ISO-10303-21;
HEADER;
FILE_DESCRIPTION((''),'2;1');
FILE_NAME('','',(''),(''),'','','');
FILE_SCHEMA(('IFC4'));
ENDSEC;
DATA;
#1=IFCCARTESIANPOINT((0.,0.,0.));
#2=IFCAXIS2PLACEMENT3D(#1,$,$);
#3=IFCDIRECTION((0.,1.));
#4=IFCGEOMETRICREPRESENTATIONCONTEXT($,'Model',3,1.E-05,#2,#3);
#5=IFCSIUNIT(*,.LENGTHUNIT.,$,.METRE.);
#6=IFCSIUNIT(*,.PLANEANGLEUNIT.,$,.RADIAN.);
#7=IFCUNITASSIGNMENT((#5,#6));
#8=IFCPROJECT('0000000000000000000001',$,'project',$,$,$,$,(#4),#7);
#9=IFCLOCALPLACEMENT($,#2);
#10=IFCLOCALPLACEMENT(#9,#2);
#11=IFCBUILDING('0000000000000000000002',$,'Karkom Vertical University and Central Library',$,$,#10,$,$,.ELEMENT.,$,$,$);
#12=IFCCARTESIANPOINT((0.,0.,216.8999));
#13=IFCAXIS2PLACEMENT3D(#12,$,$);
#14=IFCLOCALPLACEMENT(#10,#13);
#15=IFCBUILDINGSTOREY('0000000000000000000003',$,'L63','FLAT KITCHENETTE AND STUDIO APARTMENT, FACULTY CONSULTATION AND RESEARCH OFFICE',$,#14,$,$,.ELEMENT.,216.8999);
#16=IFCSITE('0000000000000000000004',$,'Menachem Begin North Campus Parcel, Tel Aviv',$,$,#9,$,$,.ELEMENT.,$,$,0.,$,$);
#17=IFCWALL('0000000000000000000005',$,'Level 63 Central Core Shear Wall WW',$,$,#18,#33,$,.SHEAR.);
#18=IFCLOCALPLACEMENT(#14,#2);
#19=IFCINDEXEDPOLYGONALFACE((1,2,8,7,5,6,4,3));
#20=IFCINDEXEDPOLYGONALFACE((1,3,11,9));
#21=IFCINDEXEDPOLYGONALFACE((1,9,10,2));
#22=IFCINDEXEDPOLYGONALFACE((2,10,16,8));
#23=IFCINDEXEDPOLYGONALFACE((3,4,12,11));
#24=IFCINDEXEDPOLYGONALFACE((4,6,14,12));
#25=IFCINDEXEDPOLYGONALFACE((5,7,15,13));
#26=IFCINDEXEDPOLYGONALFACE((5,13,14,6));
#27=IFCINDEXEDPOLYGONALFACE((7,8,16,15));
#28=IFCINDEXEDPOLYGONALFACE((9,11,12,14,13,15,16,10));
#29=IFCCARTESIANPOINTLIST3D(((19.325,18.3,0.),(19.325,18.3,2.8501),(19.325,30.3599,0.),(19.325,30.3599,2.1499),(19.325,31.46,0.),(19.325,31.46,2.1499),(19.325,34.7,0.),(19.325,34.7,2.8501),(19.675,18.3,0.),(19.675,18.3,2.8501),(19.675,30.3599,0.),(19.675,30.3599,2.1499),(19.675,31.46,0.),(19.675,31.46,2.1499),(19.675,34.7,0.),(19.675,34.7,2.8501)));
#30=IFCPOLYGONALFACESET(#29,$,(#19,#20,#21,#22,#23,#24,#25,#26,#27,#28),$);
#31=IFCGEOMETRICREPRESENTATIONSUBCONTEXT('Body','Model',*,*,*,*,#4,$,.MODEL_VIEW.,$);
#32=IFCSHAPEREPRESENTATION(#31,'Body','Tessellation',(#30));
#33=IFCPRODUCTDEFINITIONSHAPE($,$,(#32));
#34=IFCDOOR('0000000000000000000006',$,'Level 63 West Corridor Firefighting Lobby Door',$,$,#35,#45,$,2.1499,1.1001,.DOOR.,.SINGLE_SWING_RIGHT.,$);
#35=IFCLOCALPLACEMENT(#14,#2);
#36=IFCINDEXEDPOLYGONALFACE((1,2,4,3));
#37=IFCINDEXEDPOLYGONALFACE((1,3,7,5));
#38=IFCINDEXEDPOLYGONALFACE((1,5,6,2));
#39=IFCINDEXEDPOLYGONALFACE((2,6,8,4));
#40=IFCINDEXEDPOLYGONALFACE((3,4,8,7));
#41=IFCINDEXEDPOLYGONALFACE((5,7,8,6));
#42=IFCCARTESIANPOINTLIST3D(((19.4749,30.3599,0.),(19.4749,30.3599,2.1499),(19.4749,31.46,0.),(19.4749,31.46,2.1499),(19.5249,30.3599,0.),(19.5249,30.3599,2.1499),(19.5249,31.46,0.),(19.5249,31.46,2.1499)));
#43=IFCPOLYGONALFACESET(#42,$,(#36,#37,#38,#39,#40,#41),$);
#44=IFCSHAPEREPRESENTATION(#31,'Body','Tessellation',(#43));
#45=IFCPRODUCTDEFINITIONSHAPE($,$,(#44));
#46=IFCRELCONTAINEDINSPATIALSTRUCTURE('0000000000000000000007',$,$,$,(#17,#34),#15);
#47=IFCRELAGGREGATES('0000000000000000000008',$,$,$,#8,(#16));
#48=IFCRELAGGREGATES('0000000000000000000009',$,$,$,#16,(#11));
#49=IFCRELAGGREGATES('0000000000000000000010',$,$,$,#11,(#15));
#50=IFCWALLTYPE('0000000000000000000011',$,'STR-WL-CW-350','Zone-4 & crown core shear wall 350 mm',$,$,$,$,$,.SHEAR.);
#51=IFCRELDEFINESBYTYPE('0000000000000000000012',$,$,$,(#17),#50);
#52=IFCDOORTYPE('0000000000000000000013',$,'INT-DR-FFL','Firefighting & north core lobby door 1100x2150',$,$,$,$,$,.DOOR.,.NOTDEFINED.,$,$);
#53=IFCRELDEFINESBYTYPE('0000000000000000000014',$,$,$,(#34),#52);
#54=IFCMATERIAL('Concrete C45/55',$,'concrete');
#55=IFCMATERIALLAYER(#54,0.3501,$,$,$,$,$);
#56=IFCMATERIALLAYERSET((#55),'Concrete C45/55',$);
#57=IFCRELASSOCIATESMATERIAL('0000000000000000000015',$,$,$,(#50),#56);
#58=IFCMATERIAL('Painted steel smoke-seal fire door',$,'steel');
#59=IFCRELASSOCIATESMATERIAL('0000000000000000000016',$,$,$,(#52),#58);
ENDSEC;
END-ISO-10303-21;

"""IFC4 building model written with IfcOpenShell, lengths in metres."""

from ifc_helpers import new_model, si_unit, direction, frame, frame_2d, origin, origin_with_axes, place, context, subcontext, project, spatial, rectangle, extrude, source, transform, mapped, material, layer, layer_set, type_object, element, fill, save


model = new_model("IFC4")

# Units and contexts
model_context = context("Model", 3, precision=1e-05, world=origin(), true_north=direction((0.0, 1.0)))
body_context = subcontext(model_context, "Body", "Model", "MODEL_VIEW")
ifc_project = project(units=[si_unit("LENGTHUNIT", "METRE"), si_unit("PLANEANGLEUNIT", "RADIAN")], contexts=[model_context])

# Site, building, storey
site_placement = place(None, origin())
site = spatial("IfcSite", under=ifc_project, at=site_placement, Name="Menachem Begin North Campus Parcel, Tel Aviv", CompositionType="ELEMENT", RefElevation=0.0)
building_placement = place(site_placement, origin())
building = spatial("IfcBuilding", under=site, at=building_placement, Name="Karkom Vertical University and Central Library", CompositionType="ELEMENT")
storey_placement = place(building_placement, frame((0.0, 0.0, 216.8999)))
storey = spatial("IfcBuildingStorey", under=building, at=storey_placement, Name="L63", Description="FLAT KITCHENETTE AND STUDIO APARTMENT, FACULTY CONSULTATION AND RESEARCH OFFICE", CompositionType="ELEMENT", Elevation=216.8999)

# Shared definitions
ifc_material_1 = material(Name="Concrete C45/55", Category="concrete")

# Wall, opening, door
ifc_layer_1 = layer(ifc_material_1, 0.3501)
ifc_layer_set_1 = layer_set([ifc_layer_1], Name="Concrete C45/55")
wall_type_1 = type_object("IfcWallType", Name="STR-WL-CW-350", Description="Zone-4 & crown core shear wall 350 mm", PredefinedType="SHEAR", material=ifc_layer_set_1)
wall_1_placement = place(storey_placement, frame((19.5, 34.7, 0.0), z_axis=(0.0, 0.0, 1.0), x_axis=(0.0, -1.0, 0.0)))
wall_1 = element("IfcWall", 1, at=wall_1_placement, inside=storey, type_object=wall_type_1, Name="Level 63 Central Core Shear Wall WW", PredefinedType="SHEAR", context=body_context, shape_type="SweptSolid", body=[
    extrude(rectangle(XDim=16.3999, YDim=0.3501, at=frame_2d((8.2, 0.0))), origin(), (0.0, 0.0, 1.0), 2.8501),
])
opening_1_placement = place(wall_1_placement, frame((3.24, 0.0, 0.0)))
opening_1 = element("IfcOpeningElement", 2, at=opening_1_placement, cuts=wall_1, PredefinedType="OPENING", context=body_context, shape_type="SweptSolid", body=[
    extrude(rectangle(XDim=1.1001, YDim=2.1499, at=frame_2d((0.55, 1.075))), frame((0.0, 0.1851, 0.0), z_axis=(0.0, -1.0, 0.0), x_axis=(1.0, 0.0, 0.0)), (0.0, 0.0, 1.0), 0.3701),
])
ifc_material_2 = material(Name="Painted steel smoke-seal fire door", Category="steel")
door_type_1 = type_object("IfcDoorType", Name="INT-DR-FFL", Description="Firefighting & north core lobby door 1100x2150", OperationType="NOTDEFINED", PredefinedType="DOOR", material=ifc_material_2)
shared_shape_1 = source(origin_with_axes(), body_context, "Body", "SweptSolid", [
    extrude(rectangle(XDim=1.1001, YDim=2.1499, at=frame_2d((0.55, 1.075))), frame((0.0, 0.0249, 0.0), z_axis=(0.0, -1.0, 0.0), x_axis=(1.0, 0.0, 0.0)), (0.0, 0.0, 1.0), 0.05),
])
door_1_placement = place(opening_1_placement, origin())
door_1 = element("IfcDoor", 3, at=door_1_placement, inside=storey, type_object=door_type_1, Name="Level 63 West Corridor Firefighting Lobby Door", OperationType="SINGLE_SWING_RIGHT", OverallHeight=2.1499, OverallWidth=1.1001, PredefinedType="DOOR", context=body_context, shape_type="MappedRepresentation", body=[
    mapped(shared_shape_1, transform((0.0, 0.0, 0.0), scale=1.0)),
])
fill(opening_1, door_1)

save(model, "model.ifc")
